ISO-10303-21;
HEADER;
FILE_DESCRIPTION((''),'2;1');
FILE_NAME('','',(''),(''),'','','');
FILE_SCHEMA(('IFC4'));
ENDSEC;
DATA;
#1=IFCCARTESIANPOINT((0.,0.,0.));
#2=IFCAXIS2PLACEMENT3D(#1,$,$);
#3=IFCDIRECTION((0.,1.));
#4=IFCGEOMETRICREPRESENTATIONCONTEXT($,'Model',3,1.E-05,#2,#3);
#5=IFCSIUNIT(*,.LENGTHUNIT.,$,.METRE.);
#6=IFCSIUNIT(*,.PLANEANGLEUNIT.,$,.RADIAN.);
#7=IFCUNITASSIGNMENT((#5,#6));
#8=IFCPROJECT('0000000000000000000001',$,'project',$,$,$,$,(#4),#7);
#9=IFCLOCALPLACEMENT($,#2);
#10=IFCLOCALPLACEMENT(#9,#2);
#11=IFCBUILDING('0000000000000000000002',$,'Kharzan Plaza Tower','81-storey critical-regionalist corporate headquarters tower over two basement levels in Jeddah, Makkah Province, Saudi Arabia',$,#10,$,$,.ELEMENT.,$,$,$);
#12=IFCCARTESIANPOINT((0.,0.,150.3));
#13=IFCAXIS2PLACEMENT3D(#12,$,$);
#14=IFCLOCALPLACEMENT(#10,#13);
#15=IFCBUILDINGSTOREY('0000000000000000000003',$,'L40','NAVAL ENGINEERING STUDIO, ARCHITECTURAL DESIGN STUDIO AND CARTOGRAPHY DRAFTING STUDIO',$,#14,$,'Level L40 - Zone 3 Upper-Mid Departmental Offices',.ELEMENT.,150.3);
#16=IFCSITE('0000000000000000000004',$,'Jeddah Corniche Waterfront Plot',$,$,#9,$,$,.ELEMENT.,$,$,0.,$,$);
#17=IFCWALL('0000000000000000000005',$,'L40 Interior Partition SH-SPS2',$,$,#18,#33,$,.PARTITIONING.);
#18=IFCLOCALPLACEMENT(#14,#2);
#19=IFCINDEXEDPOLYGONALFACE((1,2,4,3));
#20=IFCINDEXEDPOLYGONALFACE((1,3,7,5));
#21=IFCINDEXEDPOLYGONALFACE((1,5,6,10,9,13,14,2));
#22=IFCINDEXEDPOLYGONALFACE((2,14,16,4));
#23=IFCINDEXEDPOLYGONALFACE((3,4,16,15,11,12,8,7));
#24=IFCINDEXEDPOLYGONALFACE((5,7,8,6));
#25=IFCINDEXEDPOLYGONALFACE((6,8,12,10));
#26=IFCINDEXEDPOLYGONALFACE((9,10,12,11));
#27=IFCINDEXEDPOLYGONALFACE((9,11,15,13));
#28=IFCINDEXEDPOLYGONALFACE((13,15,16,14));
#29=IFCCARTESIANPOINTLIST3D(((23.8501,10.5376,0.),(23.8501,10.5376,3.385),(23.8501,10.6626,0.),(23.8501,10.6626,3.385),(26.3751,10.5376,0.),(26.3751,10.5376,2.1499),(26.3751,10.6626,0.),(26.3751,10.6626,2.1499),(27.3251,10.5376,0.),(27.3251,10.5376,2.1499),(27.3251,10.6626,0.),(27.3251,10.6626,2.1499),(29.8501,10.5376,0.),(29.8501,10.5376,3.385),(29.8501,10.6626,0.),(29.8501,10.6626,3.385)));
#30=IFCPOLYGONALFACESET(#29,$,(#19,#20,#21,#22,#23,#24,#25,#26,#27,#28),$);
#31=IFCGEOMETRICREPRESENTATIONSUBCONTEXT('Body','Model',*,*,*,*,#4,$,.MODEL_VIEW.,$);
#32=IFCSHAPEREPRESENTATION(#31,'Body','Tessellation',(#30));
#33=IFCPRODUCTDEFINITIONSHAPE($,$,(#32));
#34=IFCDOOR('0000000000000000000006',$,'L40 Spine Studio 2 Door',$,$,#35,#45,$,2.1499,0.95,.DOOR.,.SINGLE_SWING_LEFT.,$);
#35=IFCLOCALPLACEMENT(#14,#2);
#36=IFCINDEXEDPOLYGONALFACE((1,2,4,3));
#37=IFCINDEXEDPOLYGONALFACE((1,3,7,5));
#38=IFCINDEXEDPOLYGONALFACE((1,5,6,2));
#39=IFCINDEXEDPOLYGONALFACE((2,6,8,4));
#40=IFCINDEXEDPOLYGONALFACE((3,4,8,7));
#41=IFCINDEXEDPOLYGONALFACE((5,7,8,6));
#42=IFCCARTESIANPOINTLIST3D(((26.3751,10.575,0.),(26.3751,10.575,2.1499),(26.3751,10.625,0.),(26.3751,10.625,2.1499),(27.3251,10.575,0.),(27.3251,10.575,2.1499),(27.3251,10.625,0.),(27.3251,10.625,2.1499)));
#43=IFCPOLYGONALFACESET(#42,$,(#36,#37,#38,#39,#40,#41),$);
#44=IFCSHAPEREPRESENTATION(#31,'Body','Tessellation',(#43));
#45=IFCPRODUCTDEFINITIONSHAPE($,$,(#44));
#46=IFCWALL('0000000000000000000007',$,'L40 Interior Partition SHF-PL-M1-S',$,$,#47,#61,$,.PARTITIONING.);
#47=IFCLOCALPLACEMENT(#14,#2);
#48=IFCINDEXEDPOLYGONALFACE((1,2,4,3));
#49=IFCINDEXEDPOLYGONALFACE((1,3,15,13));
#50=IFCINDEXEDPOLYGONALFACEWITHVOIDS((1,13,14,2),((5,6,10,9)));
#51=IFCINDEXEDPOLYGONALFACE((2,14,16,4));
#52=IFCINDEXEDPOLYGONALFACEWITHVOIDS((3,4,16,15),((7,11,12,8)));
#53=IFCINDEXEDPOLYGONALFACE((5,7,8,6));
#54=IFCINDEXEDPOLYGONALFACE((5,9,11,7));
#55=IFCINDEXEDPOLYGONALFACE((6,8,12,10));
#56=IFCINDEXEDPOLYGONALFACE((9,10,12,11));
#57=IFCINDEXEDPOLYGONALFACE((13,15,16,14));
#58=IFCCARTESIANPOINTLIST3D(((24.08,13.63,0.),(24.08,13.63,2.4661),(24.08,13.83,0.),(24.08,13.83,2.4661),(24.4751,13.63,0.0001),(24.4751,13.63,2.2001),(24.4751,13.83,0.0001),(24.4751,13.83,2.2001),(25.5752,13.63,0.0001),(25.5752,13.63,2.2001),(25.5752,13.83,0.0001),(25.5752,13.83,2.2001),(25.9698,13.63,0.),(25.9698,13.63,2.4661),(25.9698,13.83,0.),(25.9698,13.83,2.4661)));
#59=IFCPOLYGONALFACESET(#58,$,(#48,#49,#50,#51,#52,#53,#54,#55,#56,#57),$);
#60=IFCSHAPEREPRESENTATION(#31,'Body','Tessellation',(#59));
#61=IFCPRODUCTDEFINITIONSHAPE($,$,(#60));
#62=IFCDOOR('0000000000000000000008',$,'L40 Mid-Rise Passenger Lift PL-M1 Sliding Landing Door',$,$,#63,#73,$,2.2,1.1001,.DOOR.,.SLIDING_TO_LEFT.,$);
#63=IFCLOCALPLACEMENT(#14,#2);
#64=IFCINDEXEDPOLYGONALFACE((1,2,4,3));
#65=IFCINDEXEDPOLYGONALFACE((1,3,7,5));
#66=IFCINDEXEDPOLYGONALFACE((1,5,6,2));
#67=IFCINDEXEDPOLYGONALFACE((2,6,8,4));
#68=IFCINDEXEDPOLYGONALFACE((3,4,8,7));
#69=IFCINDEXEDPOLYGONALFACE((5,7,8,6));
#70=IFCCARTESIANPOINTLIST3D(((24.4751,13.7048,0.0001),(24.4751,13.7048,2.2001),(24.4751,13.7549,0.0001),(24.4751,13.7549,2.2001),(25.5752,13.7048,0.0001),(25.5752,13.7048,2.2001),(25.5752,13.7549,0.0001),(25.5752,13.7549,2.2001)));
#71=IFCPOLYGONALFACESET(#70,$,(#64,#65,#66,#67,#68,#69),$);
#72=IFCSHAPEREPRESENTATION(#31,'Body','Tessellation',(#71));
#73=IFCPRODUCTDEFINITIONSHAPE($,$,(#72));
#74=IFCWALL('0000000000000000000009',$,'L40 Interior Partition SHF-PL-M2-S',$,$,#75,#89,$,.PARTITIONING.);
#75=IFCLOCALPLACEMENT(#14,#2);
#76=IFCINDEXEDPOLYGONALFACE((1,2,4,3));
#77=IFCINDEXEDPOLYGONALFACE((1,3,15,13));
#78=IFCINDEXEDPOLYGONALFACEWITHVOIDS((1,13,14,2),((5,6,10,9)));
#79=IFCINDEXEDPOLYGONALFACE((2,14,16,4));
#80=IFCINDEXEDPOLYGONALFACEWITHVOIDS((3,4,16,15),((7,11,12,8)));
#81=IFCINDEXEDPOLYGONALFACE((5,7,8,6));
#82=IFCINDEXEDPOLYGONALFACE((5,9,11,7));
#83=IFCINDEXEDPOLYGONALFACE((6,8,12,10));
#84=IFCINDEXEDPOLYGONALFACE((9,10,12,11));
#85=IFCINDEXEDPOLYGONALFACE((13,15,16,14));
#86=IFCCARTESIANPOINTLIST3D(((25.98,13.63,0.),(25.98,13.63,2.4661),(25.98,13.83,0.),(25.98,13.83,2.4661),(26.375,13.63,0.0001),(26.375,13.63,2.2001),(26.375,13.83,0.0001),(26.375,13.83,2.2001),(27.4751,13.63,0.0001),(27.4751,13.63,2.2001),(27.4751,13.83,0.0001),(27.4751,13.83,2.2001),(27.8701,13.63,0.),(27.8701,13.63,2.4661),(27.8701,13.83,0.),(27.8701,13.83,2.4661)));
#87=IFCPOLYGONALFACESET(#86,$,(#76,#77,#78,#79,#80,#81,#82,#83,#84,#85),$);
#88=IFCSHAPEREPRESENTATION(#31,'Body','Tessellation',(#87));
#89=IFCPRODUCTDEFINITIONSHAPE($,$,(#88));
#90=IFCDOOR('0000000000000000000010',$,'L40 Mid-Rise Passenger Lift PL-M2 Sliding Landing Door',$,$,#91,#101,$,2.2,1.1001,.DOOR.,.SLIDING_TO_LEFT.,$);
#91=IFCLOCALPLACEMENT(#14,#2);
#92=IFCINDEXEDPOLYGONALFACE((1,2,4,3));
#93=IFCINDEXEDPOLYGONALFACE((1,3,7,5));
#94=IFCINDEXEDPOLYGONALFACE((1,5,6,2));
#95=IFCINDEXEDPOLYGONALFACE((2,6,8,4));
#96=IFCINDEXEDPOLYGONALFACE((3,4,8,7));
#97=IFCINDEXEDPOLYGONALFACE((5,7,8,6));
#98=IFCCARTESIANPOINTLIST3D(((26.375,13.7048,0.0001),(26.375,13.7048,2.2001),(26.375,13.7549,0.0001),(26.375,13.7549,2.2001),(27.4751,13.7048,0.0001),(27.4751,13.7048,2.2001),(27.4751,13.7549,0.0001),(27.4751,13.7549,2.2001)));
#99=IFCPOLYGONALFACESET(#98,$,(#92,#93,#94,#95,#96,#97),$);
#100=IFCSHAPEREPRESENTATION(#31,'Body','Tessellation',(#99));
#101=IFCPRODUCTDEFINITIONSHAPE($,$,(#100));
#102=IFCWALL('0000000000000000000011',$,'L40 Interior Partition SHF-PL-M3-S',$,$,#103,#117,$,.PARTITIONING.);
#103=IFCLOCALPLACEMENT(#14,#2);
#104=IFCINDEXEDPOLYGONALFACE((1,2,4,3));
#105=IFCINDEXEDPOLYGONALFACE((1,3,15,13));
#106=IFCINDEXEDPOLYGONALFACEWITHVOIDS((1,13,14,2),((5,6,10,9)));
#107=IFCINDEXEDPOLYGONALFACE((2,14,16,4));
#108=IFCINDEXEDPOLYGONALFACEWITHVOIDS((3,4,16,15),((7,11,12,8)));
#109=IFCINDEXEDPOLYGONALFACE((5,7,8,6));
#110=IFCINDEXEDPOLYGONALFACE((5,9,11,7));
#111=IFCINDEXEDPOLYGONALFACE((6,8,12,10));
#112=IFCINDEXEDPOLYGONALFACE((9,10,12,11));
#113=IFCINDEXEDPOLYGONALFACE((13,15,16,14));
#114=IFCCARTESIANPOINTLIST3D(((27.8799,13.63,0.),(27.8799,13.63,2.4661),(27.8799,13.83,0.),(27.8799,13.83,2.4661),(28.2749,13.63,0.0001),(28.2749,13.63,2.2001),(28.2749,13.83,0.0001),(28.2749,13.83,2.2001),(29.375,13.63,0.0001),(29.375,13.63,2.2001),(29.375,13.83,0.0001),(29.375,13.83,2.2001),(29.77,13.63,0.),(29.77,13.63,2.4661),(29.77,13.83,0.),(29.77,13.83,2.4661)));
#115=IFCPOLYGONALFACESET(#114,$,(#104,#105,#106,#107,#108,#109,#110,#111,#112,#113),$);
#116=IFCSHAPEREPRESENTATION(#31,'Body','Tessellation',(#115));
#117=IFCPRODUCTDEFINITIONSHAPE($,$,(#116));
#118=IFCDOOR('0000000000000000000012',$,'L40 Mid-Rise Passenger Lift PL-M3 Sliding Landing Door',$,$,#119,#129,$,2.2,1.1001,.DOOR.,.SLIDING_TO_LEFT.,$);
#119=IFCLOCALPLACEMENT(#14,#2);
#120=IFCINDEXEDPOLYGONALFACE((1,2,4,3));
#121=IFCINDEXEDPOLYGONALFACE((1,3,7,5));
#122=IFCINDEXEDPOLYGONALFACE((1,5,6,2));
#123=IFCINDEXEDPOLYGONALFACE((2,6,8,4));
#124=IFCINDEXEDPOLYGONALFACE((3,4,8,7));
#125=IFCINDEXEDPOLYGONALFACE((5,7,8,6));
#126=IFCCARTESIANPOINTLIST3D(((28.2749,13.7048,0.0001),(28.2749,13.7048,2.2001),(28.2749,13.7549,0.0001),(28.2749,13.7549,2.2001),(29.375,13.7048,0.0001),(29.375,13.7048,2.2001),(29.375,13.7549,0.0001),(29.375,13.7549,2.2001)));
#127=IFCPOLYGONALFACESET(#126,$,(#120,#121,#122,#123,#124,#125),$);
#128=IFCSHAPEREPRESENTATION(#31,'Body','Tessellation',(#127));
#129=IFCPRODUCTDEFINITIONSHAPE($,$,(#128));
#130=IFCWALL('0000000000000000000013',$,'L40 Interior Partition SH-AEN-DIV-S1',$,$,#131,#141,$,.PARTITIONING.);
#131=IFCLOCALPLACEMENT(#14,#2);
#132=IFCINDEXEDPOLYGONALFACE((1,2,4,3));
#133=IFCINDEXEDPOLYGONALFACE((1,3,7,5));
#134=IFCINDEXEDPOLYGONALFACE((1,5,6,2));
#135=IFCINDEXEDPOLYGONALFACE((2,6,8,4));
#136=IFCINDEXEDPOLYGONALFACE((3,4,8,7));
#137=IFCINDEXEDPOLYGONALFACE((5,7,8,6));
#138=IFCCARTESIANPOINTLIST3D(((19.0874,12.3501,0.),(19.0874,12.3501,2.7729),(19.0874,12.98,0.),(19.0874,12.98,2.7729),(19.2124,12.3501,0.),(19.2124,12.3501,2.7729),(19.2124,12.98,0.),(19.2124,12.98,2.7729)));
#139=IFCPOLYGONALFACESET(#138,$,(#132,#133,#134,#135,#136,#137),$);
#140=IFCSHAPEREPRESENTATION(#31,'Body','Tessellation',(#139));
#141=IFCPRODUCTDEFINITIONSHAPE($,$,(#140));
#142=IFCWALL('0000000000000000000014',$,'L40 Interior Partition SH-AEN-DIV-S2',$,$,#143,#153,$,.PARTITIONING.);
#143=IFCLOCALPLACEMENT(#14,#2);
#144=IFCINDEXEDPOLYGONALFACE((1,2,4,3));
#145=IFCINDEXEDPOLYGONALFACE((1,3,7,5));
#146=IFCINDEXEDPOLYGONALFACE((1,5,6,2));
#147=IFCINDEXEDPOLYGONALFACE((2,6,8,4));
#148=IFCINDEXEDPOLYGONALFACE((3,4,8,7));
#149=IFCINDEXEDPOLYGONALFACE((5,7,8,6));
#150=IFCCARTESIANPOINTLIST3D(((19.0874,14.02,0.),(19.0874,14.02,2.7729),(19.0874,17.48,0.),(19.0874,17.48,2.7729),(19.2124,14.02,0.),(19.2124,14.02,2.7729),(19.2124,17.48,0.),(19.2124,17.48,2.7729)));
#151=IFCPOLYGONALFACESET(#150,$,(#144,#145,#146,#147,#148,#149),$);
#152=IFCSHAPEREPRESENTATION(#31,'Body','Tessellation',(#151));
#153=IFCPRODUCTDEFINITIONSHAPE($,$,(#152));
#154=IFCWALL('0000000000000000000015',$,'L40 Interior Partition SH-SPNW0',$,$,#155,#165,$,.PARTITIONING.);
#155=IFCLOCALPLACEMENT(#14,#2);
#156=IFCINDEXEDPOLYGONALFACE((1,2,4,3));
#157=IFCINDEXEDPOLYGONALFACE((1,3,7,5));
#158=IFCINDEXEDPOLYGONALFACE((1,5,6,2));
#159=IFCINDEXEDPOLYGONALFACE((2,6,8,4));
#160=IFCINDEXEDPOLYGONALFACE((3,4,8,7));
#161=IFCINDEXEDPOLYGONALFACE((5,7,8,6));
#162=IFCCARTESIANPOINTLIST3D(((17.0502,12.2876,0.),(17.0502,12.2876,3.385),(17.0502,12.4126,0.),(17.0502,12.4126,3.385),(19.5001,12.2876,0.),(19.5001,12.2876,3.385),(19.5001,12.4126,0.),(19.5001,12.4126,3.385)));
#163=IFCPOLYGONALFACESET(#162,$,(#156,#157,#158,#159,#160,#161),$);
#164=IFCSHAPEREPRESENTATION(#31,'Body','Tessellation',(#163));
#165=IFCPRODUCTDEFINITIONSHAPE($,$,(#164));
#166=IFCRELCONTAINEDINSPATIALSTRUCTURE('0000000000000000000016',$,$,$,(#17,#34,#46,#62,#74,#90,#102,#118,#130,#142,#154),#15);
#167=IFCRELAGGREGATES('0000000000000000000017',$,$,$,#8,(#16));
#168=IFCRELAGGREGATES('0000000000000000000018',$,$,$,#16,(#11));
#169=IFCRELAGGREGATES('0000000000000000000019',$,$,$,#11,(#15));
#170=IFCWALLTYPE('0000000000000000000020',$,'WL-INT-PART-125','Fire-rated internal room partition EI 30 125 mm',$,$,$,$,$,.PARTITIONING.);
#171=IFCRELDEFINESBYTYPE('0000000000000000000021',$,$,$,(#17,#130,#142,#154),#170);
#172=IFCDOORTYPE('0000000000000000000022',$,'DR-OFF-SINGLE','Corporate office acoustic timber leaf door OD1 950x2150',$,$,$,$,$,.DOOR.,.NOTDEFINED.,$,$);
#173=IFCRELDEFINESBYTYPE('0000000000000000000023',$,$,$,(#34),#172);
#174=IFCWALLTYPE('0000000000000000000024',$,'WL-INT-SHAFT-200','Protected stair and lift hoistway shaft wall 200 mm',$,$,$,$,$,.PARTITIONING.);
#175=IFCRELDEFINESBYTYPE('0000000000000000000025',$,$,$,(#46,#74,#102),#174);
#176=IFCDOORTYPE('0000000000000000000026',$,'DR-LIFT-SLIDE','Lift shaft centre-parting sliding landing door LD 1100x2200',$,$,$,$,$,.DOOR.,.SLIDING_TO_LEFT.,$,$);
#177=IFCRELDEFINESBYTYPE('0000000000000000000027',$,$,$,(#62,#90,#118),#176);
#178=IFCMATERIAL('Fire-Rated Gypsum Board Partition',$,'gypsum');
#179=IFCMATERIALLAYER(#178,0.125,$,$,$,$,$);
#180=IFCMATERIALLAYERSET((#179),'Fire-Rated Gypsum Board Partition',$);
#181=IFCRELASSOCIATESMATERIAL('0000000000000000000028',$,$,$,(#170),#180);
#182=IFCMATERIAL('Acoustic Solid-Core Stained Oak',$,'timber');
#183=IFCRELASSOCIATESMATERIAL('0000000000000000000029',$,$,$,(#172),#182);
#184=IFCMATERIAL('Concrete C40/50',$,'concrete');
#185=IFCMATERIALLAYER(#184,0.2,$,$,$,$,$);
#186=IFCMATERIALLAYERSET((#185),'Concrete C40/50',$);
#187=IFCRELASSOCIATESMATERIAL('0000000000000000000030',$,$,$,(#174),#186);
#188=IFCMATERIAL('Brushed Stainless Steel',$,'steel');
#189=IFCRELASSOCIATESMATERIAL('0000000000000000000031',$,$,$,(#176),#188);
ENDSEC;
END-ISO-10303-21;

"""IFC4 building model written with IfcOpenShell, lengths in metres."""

from ifc_helpers import new_model, si_unit, direction, frame, frame_2d, origin, place, context, subcontext, project, spatial, rectangle, extrude, source, transform, mapped, material, layer, layer_set, type_object, element, fill, save


model = new_model("IFC4")

# Units and contexts
model_context = context("Model", 3, precision=1e-05, world=origin(), true_north=direction((0.0, 1.0)))
body_context = subcontext(model_context, "Body", "Model", "MODEL_VIEW")
ifc_project = project(units=[si_unit("LENGTHUNIT", "METRE"), si_unit("PLANEANGLEUNIT", "RADIAN")], contexts=[model_context])

# Site, building, storey
site_placement = place(None, origin())
site = spatial("IfcSite", under=ifc_project, at=site_placement, Name="Jeddah Corniche Waterfront Plot", CompositionType="ELEMENT", RefElevation=0.0)
building_placement = place(site_placement, origin())
building = spatial("IfcBuilding", under=site, at=building_placement, Name="Kharzan Plaza Tower", Description="81-storey critical-regionalist corporate headquarters tower over two basement levels in Jeddah, Makkah Province, Saudi Arabia", CompositionType="ELEMENT")
storey_placement = place(building_placement, frame((0.0, 0.0, 150.3)))
storey = spatial("IfcBuildingStorey", under=building, at=storey_placement, Name="L40", Description="NAVAL ENGINEERING STUDIO, ARCHITECTURAL DESIGN STUDIO AND CARTOGRAPHY DRAFTING STUDIO", LongName="Level L40 - Zone 3 Upper-Mid Departmental Offices", CompositionType="ELEMENT", Elevation=150.3)

# Walls, openings, doors
ifc_material_1 = material(Name="Fire-Rated Gypsum Board Partition", Category="gypsum")
ifc_layer_1 = layer(ifc_material_1, 0.125)
ifc_layer_set_1 = layer_set([ifc_layer_1], Name="Fire-Rated Gypsum Board Partition")
wall_type_1 = type_object("IfcWallType", Name="WL-INT-PART-125", Description="Fire-rated internal room partition EI 30 125 mm", PredefinedType="PARTITIONING", material=ifc_layer_set_1)
ifc_material_2 = material(Name="Acoustic Solid-Core Stained Oak", Category="timber")
door_type_1 = type_object("IfcDoorType", Name="DR-OFF-SINGLE", Description="Corporate office acoustic timber leaf door OD1 950x2150", OperationType="NOTDEFINED", PredefinedType="DOOR", material=ifc_material_2)
shared_shape_1 = source(origin(), body_context, "Body", "SweptSolid", [
    extrude(rectangle(XDim=0.95, YDim=2.1499, at=frame_2d((0.4751, 1.075))), frame((0.0, 0.0249, 0.0), z_axis=(0.0, -1.0, 0.0), x_axis=(1.0, 0.0, 0.0)), (0.0, 0.0, 1.0), 0.05),
])
wall_1_placement = place(storey_placement, frame((23.8501, 10.6001, 0.0), z_axis=(0.0, 0.0, 1.0), x_axis=(1.0, 0.0, 0.0)))
wall_1 = element("IfcWall", 1, at=wall_1_placement, inside=storey, type_object=wall_type_1, Name="L40 Interior Partition SH-SPS2", PredefinedType="PARTITIONING", context=body_context, shape_type="SweptSolid", body=[
    extrude(rectangle(XDim=6.0, YDim=0.125, at=frame_2d((3.0, 0.0))), origin(), (0.0, 0.0, 1.0), 3.385),
])
opening_1_placement = place(wall_1_placement, frame((2.5249, 0.0, 0.0)))
opening_1 = element("IfcOpeningElement", 2, at=opening_1_placement, cuts=wall_1, PredefinedType="OPENING", context=body_context, shape_type="SweptSolid", body=[
    extrude(rectangle(XDim=0.95, YDim=2.1499, at=frame_2d((0.4751, 1.075))), frame((0.0, 0.0725, 0.0), z_axis=(0.0, -1.0, 0.0), x_axis=(1.0, 0.0, 0.0)), (0.0, 0.0, 1.0), 0.145),
])
door_1_placement = place(opening_1_placement, origin())
door_1 = element("IfcDoor", 3, at=door_1_placement, inside=storey, type_object=door_type_1, Name="L40 Spine Studio 2 Door", OperationType="SINGLE_SWING_LEFT", OverallHeight=2.1499, OverallWidth=0.95, PredefinedType="DOOR", context=body_context, shape_type="MappedRepresentation", body=[
    mapped(shared_shape_1, transform((0.0, 0.0, 0.0), x_axis=(1.0, 0.0, 0.0), y_axis=(0.0, 1.0, 0.0), z_axis=(0.0, 0.0, 1.0))),
])
fill(opening_1, door_1)
ifc_material_3 = material(Name="Concrete C40/50", Category="concrete")
ifc_layer_2 = layer(ifc_material_3, 0.2)
ifc_layer_set_2 = layer_set([ifc_layer_2], Name="Concrete C40/50")
wall_type_2 = type_object("IfcWallType", Name="WL-INT-SHAFT-200", Description="Protected stair and lift hoistway shaft wall 200 mm", PredefinedType="PARTITIONING", material=ifc_layer_set_2)
wall_2_placement = place(storey_placement, frame((24.0801, 13.73, 0.0), z_axis=(0.0, 0.0, 1.0), x_axis=(1.0, 0.0, 0.0)))
wall_2 = element("IfcWall", 4, at=wall_2_placement, inside=storey, type_object=wall_type_2, Name="L40 Interior Partition SHF-PL-M1-S", PredefinedType="PARTITIONING", context=body_context, shape_type="SweptSolid", body=[
    extrude(rectangle(XDim=1.8899, YDim=0.2, at=frame_2d((0.9448, 0.0))), origin(), (0.0, 0.0, 1.0), 2.4661),
])
opening_2_placement = place(wall_2_placement, frame((0.395, 0.0, 0.0)))
opening_2 = element("IfcOpeningElement", 5, at=opening_2_placement, cuts=wall_2, PredefinedType="OPENING", context=body_context, shape_type="SweptSolid", body=[
    extrude(rectangle(XDim=1.1001, YDim=2.2, at=frame_2d((0.55, 1.1001))), frame((0.0, 0.1099, 0.0), z_axis=(0.0, -1.0, 0.0), x_axis=(1.0, 0.0, 0.0)), (0.0, 0.0, 1.0), 0.22),
])
ifc_material_4 = material(Name="Brushed Stainless Steel", Category="steel")
door_type_2 = type_object("IfcDoorType", Name="DR-LIFT-SLIDE", Description="Lift shaft centre-parting sliding landing door LD 1100x2200", OperationType="SLIDING_TO_LEFT", PredefinedType="DOOR", material=ifc_material_4)
shared_shape_2 = source(origin(), body_context, "Body", "SweptSolid", [
    extrude(rectangle(XDim=1.1001, YDim=2.2, at=frame_2d((0.55, 1.1001))), frame((0.0, 0.0249, 0.0), z_axis=(0.0, -1.0, 0.0), x_axis=(1.0, 0.0, 0.0)), (0.0, 0.0, 1.0), 0.05),
])
door_2_placement = place(opening_2_placement, origin())
door_2 = element("IfcDoor", 6, at=door_2_placement, inside=storey, type_object=door_type_2, Name="L40 Mid-Rise Passenger Lift PL-M1 Sliding Landing Door", OperationType="SLIDING_TO_LEFT", OverallHeight=2.2, OverallWidth=1.1001, PredefinedType="DOOR", context=body_context, shape_type="MappedRepresentation", body=[
    mapped(shared_shape_2, transform((0.0, 0.0, 0.0), x_axis=(1.0, 0.0, 0.0), y_axis=(0.0, 1.0, 0.0), z_axis=(0.0, 0.0, 1.0))),
])
fill(opening_2, door_2)
wall_3_placement = place(storey_placement, frame((25.98, 13.73, 0.0), z_axis=(0.0, 0.0, 1.0), x_axis=(1.0, 0.0, 0.0)))
wall_3 = element("IfcWall", 7, at=wall_3_placement, inside=storey, type_object=wall_type_2, Name="L40 Interior Partition SHF-PL-M2-S", PredefinedType="PARTITIONING", context=body_context, shape_type="SweptSolid", body=[
    extrude(rectangle(XDim=1.8901, YDim=0.2, at=frame_2d((0.9451, 0.0))), origin(), (0.0, 0.0, 1.0), 2.4661),
])
opening_3_placement = place(wall_3_placement, frame((0.395, 0.0, 0.0)))
opening_3 = element("IfcOpeningElement", 8, at=opening_3_placement, cuts=wall_3, PredefinedType="OPENING", context=body_context, shape_type="SweptSolid", body=[
    extrude(rectangle(XDim=1.1001, YDim=2.2, at=frame_2d((0.55, 1.1001))), frame((0.0, 0.1099, 0.0), z_axis=(0.0, -1.0, 0.0), x_axis=(1.0, 0.0, 0.0)), (0.0, 0.0, 1.0), 0.22),
])
door_3_placement = place(opening_3_placement, origin())
door_3 = element("IfcDoor", 9, at=door_3_placement, inside=storey, type_object=door_type_2, Name="L40 Mid-Rise Passenger Lift PL-M2 Sliding Landing Door", OperationType="SLIDING_TO_LEFT", OverallHeight=2.2, OverallWidth=1.1001, PredefinedType="DOOR", context=body_context, shape_type="MappedRepresentation", body=[
    mapped(shared_shape_2, transform((0.0, 0.0, 0.0), x_axis=(1.0, 0.0, 0.0), y_axis=(0.0, 1.0, 0.0), z_axis=(0.0, 0.0, 1.0))),
])
fill(opening_3, door_3)
wall_4_placement = place(storey_placement, frame((27.8799, 13.73, 0.0), z_axis=(0.0, 0.0, 1.0), x_axis=(1.0, 0.0, 0.0)))
wall_4 = element("IfcWall", 10, at=wall_4_placement, inside=storey, type_object=wall_type_2, Name="L40 Interior Partition SHF-PL-M3-S", PredefinedType="PARTITIONING", context=body_context, shape_type="SweptSolid", body=[
    extrude(rectangle(XDim=1.8901, YDim=0.2, at=frame_2d((0.9451, 0.0))), origin(), (0.0, 0.0, 1.0), 2.4661),
])
opening_4_placement = place(wall_4_placement, frame((0.395, 0.0, 0.0)))
opening_4 = element("IfcOpeningElement", 11, at=opening_4_placement, cuts=wall_4, PredefinedType="OPENING", context=body_context, shape_type="SweptSolid", body=[
    extrude(rectangle(XDim=1.1001, YDim=2.2, at=frame_2d((0.55, 1.1001))), frame((0.0, 0.1099, 0.0), z_axis=(0.0, -1.0, 0.0), x_axis=(1.0, 0.0, 0.0)), (0.0, 0.0, 1.0), 0.22),
])
door_4_placement = place(opening_4_placement, origin())
door_4 = element("IfcDoor", 12, at=door_4_placement, inside=storey, type_object=door_type_2, Name="L40 Mid-Rise Passenger Lift PL-M3 Sliding Landing Door", OperationType="SLIDING_TO_LEFT", OverallHeight=2.2, OverallWidth=1.1001, PredefinedType="DOOR", context=body_context, shape_type="MappedRepresentation", body=[
    mapped(shared_shape_2, transform((0.0, 0.0, 0.0), x_axis=(1.0, 0.0, 0.0), y_axis=(0.0, 1.0, 0.0), z_axis=(0.0, 0.0, 1.0))),
])
fill(opening_4, door_4)

# Walls
shared_shape_3 = source(origin(), body_context, "Body", "SweptSolid", [
    extrude(rectangle(XDim=0.6299, YDim=0.125, at=frame_2d((0.3149, 0.0))), origin(), (0.0, 0.0, 1.0), 2.7729),
])
wall_5_placement = place(storey_placement, frame((19.1499, 12.3501, 0.0), z_axis=(0.0, 0.0, 1.0), x_axis=(0.0, 1.0, 0.0)))
element("IfcWall", 13, at=wall_5_placement, inside=storey, type_object=wall_type_1, Name="L40 Interior Partition SH-AEN-DIV-S1", PredefinedType="PARTITIONING", context=body_context, shape_type="MappedRepresentation", body=[
    mapped(shared_shape_3, transform((0.0, 0.0, 0.0), x_axis=(1.0, 0.0, 0.0), y_axis=(0.0, 1.0, 0.0), z_axis=(0.0, 0.0, 1.0))),
])
shared_shape_4 = source(origin(), body_context, "Body", "SweptSolid", [
    extrude(rectangle(XDim=3.46, YDim=0.125, at=frame_2d((1.73, 0.0))), origin(), (0.0, 0.0, 1.0), 2.7729),
])
wall_6_placement = place(storey_placement, frame((19.1499, 14.02, 0.0), z_axis=(0.0, 0.0, 1.0), x_axis=(0.0, 1.0, 0.0)))
element("IfcWall", 14, at=wall_6_placement, inside=storey, type_object=wall_type_1, Name="L40 Interior Partition SH-AEN-DIV-S2", PredefinedType="PARTITIONING", context=body_context, shape_type="MappedRepresentation", body=[
    mapped(shared_shape_4, transform((0.0, 0.0, 0.0), x_axis=(1.0, 0.0, 0.0), y_axis=(0.0, 1.0, 0.0), z_axis=(0.0, 0.0, 1.0))),
])
shared_shape_5 = source(origin(), body_context, "Body", "SweptSolid", [
    extrude(rectangle(XDim=2.45, YDim=0.125, at=frame_2d((1.2251, 0.0))), origin(), (0.0, 0.0, 1.0), 3.385),
])
for number, where, z_axis, x_axis, name in (
    (15, (17.05, 12.3501, 0.0), (0.0, 0.0, 1.0), (1.0, 0.0, 0.0), "L40 Interior Partition SH-SPNW0"),
):
    element("IfcWall", number, at=place(storey_placement, frame(where, z_axis=z_axis, x_axis=x_axis)), inside=storey, type_object=wall_type_1, Name=name, PredefinedType="PARTITIONING", context=body_context, shape_type="MappedRepresentation", body=[
        mapped(shared_shape_5, transform((0.0, 0.0, 0.0), x_axis=(1.0, 0.0, 0.0), y_axis=(0.0, 1.0, 0.0), z_axis=(0.0, 0.0, 1.0))),
    ])

save(model, "model.ifc")
